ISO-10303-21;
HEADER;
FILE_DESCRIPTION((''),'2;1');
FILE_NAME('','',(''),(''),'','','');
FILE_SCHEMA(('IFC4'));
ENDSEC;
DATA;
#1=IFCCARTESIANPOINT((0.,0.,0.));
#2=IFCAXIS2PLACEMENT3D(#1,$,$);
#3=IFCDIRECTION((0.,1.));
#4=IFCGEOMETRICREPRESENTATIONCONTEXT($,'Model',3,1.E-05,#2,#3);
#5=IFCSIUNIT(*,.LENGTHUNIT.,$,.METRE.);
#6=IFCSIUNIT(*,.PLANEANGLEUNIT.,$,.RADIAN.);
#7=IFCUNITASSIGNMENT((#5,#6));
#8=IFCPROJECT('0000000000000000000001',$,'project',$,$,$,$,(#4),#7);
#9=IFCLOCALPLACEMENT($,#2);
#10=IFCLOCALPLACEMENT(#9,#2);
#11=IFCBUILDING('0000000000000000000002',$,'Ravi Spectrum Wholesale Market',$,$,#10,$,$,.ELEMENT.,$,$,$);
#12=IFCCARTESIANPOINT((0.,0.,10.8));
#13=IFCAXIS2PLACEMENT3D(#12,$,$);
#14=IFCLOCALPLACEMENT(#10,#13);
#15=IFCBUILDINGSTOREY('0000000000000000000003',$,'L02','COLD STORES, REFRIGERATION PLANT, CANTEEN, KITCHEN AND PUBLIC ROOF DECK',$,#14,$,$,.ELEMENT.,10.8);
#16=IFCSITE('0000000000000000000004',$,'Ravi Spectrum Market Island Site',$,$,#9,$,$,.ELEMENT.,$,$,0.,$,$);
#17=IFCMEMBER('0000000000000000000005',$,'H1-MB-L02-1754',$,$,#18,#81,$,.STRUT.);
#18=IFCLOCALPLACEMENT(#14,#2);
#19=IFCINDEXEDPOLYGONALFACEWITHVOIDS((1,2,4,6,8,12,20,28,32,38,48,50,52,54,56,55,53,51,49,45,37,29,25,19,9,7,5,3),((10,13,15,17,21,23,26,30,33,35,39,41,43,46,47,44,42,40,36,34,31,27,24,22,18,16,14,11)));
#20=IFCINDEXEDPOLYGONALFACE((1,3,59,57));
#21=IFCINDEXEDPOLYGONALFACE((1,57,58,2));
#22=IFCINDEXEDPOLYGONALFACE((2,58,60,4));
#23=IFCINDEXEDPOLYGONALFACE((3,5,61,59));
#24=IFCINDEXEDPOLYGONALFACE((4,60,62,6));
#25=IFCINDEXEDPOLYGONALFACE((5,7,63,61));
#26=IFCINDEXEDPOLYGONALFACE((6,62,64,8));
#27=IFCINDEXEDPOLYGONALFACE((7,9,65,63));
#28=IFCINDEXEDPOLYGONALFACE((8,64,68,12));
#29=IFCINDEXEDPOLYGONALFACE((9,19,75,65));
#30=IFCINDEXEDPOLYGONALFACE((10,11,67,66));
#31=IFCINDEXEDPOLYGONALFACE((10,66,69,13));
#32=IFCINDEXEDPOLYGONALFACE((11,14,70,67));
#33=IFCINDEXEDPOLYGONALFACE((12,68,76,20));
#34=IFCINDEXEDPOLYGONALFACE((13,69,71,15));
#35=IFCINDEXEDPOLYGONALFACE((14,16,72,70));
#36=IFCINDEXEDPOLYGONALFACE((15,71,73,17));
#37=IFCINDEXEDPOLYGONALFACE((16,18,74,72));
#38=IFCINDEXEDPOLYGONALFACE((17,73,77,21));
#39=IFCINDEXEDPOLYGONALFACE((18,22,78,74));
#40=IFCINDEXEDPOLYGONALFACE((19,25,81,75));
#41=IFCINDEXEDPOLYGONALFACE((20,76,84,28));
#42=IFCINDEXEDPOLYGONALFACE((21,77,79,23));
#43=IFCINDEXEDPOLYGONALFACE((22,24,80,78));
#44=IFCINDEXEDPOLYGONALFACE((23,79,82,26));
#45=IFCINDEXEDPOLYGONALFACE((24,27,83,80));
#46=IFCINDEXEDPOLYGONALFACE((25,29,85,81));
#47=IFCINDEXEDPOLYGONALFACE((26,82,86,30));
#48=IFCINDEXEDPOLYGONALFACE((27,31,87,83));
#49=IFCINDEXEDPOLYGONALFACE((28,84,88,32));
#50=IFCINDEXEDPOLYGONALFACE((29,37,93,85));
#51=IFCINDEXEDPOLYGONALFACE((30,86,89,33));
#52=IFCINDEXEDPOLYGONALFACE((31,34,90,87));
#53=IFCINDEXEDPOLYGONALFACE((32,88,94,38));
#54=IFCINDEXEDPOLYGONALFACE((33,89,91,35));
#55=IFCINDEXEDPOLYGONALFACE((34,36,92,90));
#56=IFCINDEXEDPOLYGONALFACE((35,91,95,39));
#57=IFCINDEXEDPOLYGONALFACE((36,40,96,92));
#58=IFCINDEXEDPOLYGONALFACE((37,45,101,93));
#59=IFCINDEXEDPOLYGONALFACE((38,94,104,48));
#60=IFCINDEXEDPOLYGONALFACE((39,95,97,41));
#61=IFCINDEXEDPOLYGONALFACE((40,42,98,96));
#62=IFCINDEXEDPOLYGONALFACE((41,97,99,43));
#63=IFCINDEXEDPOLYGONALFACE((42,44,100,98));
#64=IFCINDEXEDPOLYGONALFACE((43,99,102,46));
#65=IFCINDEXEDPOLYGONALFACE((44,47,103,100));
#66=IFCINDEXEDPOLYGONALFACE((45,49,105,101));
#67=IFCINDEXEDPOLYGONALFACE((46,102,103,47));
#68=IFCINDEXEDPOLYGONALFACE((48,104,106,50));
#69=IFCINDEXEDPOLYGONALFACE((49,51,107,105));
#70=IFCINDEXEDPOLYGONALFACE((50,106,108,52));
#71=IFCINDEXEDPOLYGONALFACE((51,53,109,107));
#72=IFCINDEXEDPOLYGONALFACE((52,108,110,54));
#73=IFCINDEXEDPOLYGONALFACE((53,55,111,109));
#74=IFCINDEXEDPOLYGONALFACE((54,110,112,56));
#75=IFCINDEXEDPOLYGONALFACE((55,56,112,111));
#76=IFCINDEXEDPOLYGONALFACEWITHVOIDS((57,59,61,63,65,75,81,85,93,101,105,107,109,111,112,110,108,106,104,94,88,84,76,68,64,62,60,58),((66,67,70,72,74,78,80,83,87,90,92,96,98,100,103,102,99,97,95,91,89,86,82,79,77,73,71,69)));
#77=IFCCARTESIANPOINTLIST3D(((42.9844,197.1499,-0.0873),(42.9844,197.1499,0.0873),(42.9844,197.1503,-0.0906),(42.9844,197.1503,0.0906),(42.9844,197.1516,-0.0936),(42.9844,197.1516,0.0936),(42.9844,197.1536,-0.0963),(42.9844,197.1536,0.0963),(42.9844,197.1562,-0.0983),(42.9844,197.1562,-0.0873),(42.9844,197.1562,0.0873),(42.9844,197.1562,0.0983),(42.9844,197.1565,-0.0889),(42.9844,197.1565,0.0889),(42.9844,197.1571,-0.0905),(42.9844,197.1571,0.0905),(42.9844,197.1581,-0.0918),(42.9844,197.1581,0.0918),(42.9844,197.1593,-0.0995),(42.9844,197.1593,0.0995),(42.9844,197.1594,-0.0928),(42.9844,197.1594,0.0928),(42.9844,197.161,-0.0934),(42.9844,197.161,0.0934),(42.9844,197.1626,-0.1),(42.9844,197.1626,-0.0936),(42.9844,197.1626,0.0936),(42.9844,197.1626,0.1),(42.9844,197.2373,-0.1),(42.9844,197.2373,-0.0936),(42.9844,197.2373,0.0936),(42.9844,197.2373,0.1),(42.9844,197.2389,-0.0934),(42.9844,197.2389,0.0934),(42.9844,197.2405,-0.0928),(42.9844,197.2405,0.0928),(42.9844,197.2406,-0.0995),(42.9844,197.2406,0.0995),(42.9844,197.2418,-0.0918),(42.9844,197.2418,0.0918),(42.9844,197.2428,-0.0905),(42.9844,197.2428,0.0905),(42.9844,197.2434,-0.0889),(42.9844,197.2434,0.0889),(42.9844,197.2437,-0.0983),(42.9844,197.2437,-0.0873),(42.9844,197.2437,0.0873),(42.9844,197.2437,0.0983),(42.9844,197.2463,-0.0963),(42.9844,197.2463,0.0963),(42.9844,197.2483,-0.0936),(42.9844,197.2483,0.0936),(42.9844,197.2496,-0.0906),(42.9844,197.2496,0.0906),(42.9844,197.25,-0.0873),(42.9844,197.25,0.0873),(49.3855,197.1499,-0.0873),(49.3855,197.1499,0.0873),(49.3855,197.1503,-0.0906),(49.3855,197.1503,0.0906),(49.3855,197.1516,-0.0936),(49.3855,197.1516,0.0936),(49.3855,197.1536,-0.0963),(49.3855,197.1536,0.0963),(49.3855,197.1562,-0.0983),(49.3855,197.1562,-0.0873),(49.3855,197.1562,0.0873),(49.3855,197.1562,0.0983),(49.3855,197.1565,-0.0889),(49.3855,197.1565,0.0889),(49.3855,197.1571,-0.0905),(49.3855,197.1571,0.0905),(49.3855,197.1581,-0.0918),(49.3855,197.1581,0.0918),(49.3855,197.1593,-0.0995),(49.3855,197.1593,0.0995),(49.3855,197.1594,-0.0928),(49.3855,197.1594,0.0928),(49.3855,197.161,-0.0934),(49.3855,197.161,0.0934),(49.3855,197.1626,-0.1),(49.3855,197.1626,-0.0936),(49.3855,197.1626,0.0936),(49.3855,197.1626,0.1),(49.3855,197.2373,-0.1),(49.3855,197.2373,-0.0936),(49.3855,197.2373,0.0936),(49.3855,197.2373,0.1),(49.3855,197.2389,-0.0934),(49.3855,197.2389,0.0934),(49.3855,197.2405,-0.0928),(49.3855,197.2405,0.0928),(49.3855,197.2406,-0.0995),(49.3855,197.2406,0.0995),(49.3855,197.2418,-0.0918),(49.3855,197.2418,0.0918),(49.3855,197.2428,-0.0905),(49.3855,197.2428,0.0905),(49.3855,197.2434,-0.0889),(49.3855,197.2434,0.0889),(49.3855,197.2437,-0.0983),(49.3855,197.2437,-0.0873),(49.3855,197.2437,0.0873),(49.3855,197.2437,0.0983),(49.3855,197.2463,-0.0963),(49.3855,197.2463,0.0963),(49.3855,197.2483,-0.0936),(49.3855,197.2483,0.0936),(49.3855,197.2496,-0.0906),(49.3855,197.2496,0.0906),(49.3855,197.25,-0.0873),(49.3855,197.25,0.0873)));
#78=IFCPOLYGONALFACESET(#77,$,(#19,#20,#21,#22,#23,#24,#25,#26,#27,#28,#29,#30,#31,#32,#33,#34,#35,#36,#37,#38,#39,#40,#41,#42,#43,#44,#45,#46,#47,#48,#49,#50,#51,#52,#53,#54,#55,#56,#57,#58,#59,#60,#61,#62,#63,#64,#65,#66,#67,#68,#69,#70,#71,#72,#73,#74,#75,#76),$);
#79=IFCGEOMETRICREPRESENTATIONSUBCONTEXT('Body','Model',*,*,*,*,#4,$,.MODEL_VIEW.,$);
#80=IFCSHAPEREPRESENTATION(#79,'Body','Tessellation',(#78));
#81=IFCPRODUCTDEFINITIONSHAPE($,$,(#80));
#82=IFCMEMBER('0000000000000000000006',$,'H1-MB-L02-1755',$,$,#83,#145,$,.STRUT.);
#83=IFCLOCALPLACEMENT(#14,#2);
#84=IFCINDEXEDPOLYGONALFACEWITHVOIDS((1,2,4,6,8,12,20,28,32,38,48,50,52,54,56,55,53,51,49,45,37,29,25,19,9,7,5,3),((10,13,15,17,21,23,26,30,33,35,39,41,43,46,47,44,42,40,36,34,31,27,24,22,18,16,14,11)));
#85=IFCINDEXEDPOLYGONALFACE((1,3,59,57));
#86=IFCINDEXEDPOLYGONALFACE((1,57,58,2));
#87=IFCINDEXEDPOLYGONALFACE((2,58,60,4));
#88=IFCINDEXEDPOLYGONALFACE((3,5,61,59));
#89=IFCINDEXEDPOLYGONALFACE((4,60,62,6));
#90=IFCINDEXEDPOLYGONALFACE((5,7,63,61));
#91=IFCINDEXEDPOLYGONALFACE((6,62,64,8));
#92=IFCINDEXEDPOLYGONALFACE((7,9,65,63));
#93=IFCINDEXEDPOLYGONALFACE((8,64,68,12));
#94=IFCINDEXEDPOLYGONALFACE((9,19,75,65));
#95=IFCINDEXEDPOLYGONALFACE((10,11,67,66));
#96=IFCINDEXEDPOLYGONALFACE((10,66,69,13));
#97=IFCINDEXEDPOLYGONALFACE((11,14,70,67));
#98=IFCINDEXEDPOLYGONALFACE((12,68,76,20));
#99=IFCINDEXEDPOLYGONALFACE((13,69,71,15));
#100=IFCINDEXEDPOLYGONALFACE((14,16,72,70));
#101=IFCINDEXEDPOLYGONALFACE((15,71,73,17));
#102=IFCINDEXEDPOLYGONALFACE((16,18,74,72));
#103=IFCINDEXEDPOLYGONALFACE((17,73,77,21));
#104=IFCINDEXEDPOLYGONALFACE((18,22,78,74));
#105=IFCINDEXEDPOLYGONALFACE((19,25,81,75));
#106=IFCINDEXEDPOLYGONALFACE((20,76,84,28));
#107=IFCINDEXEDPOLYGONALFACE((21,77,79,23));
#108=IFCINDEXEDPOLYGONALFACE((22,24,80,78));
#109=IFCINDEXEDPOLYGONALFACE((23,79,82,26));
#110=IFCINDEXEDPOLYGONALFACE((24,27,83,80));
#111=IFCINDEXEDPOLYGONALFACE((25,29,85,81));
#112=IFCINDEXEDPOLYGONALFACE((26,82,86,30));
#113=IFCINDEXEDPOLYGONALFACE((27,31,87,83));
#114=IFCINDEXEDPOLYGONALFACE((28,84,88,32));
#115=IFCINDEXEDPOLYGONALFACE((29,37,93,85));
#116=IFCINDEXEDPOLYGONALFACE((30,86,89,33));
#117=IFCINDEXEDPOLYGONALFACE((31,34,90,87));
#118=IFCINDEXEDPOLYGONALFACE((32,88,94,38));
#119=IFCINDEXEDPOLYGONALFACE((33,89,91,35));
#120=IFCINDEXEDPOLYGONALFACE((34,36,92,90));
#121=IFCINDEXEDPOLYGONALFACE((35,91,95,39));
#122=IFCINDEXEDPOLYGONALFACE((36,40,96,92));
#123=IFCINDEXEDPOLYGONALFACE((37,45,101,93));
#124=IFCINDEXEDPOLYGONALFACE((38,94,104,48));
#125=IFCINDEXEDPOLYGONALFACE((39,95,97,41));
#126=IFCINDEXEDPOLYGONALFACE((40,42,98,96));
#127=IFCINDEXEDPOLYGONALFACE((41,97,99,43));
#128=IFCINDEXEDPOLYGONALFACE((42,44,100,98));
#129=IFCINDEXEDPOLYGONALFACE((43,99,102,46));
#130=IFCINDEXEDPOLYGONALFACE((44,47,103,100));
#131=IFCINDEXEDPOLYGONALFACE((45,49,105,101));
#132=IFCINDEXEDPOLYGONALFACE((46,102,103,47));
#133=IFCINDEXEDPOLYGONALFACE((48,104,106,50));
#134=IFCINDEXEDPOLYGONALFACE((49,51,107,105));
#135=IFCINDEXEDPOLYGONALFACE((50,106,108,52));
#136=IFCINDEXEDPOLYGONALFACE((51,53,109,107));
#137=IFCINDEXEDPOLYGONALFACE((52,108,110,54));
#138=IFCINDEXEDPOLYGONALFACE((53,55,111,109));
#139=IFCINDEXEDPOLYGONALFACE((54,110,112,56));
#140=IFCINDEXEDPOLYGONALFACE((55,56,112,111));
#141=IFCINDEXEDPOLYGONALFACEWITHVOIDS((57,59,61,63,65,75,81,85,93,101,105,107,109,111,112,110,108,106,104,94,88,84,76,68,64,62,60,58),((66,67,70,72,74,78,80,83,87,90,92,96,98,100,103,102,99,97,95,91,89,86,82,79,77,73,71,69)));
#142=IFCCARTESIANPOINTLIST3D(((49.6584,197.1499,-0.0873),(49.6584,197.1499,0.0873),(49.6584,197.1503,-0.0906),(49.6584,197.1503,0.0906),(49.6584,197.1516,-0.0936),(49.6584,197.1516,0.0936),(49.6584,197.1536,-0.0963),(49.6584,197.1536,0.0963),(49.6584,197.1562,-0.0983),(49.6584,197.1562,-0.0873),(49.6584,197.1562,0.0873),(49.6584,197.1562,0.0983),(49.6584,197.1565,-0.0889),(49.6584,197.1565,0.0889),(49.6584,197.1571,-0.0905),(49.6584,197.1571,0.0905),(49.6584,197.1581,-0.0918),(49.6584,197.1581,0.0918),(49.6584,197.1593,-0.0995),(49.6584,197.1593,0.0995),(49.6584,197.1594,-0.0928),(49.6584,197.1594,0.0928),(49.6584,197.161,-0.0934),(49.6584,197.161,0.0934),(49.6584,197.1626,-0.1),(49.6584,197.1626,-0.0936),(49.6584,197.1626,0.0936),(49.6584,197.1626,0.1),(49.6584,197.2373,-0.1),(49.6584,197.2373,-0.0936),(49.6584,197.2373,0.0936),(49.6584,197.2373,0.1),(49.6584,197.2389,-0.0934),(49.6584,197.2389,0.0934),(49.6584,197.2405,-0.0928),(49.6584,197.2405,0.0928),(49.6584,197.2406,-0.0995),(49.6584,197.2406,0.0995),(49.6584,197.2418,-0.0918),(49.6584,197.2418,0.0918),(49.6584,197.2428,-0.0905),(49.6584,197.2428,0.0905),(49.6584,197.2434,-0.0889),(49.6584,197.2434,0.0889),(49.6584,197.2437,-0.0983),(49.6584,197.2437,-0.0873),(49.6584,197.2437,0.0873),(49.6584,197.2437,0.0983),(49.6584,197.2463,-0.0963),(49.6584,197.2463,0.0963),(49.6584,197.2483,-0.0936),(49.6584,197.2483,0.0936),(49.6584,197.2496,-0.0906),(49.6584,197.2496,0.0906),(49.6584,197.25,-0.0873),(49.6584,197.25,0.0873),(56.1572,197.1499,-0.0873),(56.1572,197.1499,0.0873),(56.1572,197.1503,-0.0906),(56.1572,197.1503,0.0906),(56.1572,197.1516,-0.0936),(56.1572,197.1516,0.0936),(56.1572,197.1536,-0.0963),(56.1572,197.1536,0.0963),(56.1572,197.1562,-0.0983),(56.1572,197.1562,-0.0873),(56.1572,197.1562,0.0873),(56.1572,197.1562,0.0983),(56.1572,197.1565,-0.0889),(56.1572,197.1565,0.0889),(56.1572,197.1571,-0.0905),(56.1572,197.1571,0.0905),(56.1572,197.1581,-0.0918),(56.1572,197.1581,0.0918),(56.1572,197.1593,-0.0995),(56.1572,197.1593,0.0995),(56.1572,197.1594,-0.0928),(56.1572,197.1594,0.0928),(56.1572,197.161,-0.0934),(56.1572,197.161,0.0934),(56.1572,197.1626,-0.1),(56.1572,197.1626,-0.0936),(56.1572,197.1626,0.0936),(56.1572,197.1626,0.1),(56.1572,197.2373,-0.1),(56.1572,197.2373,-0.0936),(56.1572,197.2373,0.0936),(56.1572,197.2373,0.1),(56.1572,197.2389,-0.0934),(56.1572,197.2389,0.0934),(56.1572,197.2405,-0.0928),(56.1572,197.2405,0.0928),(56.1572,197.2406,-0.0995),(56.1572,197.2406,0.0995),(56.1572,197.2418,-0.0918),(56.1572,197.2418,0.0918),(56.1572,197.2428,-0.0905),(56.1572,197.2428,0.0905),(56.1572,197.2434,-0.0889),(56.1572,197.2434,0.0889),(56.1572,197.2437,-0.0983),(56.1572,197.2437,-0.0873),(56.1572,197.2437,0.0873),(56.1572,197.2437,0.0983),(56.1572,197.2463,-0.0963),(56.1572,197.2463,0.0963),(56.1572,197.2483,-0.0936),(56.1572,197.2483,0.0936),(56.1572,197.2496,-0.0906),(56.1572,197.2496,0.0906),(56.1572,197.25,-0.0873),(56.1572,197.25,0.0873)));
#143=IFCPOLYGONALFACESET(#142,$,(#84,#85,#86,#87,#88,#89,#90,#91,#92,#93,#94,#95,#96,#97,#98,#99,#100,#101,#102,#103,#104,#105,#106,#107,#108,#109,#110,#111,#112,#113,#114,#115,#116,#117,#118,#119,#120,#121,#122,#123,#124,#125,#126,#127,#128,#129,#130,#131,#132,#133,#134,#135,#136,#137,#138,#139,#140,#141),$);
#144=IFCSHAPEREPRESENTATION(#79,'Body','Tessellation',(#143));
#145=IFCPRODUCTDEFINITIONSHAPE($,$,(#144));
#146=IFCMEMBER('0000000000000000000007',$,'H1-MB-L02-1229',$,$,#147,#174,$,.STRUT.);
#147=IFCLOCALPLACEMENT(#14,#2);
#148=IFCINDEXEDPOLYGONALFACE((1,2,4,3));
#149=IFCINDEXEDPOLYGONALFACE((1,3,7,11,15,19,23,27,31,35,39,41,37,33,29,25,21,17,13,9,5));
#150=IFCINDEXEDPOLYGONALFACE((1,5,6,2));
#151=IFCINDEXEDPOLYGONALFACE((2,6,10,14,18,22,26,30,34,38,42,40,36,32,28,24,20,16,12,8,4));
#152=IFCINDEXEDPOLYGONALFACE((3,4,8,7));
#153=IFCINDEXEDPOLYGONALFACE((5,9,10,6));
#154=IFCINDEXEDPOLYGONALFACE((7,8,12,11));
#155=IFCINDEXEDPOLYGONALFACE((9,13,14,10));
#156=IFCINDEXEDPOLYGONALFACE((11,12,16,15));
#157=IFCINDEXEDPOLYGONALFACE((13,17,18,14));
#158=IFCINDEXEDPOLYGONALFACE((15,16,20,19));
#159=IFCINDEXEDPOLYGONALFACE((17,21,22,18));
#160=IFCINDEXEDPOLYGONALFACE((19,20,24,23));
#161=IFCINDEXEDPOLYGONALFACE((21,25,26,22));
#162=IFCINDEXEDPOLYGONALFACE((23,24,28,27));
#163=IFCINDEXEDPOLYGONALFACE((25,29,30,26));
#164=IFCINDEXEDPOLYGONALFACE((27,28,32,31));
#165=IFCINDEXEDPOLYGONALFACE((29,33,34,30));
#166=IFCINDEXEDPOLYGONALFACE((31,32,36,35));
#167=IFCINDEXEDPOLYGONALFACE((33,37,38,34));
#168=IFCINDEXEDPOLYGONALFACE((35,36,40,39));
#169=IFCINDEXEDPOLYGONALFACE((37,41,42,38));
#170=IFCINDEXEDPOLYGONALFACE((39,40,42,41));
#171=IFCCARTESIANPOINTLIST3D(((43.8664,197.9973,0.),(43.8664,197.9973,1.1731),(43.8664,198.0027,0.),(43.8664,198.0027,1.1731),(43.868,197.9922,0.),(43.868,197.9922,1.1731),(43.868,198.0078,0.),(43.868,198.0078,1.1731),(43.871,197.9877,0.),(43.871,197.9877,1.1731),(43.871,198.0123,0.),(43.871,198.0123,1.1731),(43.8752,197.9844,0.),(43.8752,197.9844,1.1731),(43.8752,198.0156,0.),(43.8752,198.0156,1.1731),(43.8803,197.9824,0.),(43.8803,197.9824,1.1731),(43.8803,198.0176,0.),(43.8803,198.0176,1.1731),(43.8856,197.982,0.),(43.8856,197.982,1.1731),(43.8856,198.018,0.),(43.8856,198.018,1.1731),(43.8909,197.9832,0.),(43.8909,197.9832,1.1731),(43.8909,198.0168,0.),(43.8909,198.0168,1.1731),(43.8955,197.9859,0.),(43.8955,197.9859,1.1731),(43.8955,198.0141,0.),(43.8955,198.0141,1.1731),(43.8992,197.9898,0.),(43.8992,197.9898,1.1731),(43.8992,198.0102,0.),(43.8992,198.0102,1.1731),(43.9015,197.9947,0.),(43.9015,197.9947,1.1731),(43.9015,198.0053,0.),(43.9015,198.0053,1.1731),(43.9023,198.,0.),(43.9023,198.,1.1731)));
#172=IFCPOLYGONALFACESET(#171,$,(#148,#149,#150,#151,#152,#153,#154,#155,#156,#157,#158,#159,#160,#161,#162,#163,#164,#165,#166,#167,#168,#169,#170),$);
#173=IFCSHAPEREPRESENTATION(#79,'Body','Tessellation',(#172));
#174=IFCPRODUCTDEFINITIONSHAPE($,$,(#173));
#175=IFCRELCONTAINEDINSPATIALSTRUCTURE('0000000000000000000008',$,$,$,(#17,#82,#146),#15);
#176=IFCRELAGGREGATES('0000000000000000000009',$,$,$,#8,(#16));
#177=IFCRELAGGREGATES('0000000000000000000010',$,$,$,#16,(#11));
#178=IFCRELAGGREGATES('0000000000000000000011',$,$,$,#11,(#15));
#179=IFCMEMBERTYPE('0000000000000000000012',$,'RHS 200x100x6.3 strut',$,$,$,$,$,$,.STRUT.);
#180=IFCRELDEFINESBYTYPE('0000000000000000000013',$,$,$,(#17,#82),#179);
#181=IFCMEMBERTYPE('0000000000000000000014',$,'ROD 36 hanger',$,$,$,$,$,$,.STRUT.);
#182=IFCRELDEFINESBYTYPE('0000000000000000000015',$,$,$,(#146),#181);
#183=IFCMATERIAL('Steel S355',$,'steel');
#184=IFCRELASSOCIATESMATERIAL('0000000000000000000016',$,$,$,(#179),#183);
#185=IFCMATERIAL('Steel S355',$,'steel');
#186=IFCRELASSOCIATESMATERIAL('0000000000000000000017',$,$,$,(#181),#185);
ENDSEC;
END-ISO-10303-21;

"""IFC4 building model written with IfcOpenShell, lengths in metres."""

from ifc_helpers import new_model, si_unit, direction, frame, origin, origin_2d, place, context, subcontext, project, spatial, hollow_rectangle, circle, extrude, material, material_profile, profile_set, type_object, element, save


model = new_model("IFC4")

# Units and contexts
model_context = context("Model", 3, precision=1e-05, world=origin(), true_north=direction((0.0, 1.0)))
body_context = subcontext(model_context, "Body", "Model", "MODEL_VIEW")
ifc_project = project(units=[si_unit("LENGTHUNIT", "METRE"), si_unit("PLANEANGLEUNIT", "RADIAN")], contexts=[model_context])

# Site, building, storey
site_placement = place(None, origin())
site = spatial("IfcSite", under=ifc_project, at=site_placement, Name="Ravi Spectrum Market Island Site", CompositionType="ELEMENT", RefElevation=0.0)
building_placement = place(site_placement, origin())
building = spatial("IfcBuilding", under=site, at=building_placement, Name="Ravi Spectrum Wholesale Market", CompositionType="ELEMENT")
storey_placement = place(building_placement, frame((0.0, 0.0, 10.8)))
storey = spatial("IfcBuildingStorey", under=building, at=storey_placement, Name="L02", Description="COLD STORES, REFRIGERATION PLANT, CANTEEN, KITCHEN AND PUBLIC ROOF DECK", CompositionType="ELEMENT", Elevation=10.8)

# Members
ifc_material_1 = material(Name="Steel S355", Category="steel")
ifc_material_profile_1 = material_profile(ifc_material_1, hollow_rectangle(XDim=0.1001, YDim=0.2, WallThickness=0.0063, InnerFilletRadius=0.0063, OuterFilletRadius=0.0127, at=origin_2d()))
ifc_profile_set_1 = profile_set([ifc_material_profile_1], Name="Steel S355")
member_type_1 = type_object("IfcMemberType", Name="RHS 200x100x6.3 strut", PredefinedType="STRUT", material=ifc_profile_set_1)
member_1_placement = place(storey_placement, frame((42.9844, 197.2, 0.0), z_axis=(1.0, 0.0, 0.0), x_axis=(0.0, 1.0, 0.0)))
element("IfcMember", 1, at=member_1_placement, inside=storey, type_object=member_type_1, Name="H1-MB-L02-1754", PredefinedType="STRUT", context=body_context, shape_type="SweptSolid", body=[
    extrude(hollow_rectangle(XDim=0.1001, YDim=0.2, WallThickness=0.0063, InnerFilletRadius=0.0063, OuterFilletRadius=0.0127, at=origin_2d()), origin(), (0.0, 0.0, 1.0), 6.4011),
])
member_2_placement = place(storey_placement, frame((49.6584, 197.2, 0.0), z_axis=(1.0, 0.0, 0.0), x_axis=(0.0, 1.0, 0.0)))
element("IfcMember", 2, at=member_2_placement, inside=storey, type_object=member_type_1, Name="H1-MB-L02-1755", PredefinedType="STRUT", context=body_context, shape_type="SweptSolid", body=[
    extrude(hollow_rectangle(XDim=0.1001, YDim=0.2, WallThickness=0.0063, InnerFilletRadius=0.0063, OuterFilletRadius=0.0127, at=origin_2d()), origin(), (0.0, 0.0, 1.0), 6.4988),
])
ifc_material_2 = material(Name="Steel S355", Category="steel")
ifc_material_profile_2 = material_profile(ifc_material_2, circle(Radius=0.0181, at=origin_2d()))
ifc_profile_set_2 = profile_set([ifc_material_profile_2], Name="Steel S355")
member_type_2 = type_object("IfcMemberType", Name="ROD 36 hanger", PredefinedType="STRUT", material=ifc_profile_set_2)
member_3_placement = place(storey_placement, frame((43.8843, 198.0, 0.0), z_axis=(0.0, 0.0, 1.0), x_axis=(1.0, 0.0, 0.0)))
element("IfcMember", 3, at=member_3_placement, inside=storey, type_object=member_type_2, Name="H1-MB-L02-1229", PredefinedType="STRUT", context=body_context, shape_type="SweptSolid", body=[
    extrude(circle(Radius=0.0181, at=origin_2d()), origin(), (0.0, 0.0, 1.0), 1.1731),
])

save(model, "model.ifc")
